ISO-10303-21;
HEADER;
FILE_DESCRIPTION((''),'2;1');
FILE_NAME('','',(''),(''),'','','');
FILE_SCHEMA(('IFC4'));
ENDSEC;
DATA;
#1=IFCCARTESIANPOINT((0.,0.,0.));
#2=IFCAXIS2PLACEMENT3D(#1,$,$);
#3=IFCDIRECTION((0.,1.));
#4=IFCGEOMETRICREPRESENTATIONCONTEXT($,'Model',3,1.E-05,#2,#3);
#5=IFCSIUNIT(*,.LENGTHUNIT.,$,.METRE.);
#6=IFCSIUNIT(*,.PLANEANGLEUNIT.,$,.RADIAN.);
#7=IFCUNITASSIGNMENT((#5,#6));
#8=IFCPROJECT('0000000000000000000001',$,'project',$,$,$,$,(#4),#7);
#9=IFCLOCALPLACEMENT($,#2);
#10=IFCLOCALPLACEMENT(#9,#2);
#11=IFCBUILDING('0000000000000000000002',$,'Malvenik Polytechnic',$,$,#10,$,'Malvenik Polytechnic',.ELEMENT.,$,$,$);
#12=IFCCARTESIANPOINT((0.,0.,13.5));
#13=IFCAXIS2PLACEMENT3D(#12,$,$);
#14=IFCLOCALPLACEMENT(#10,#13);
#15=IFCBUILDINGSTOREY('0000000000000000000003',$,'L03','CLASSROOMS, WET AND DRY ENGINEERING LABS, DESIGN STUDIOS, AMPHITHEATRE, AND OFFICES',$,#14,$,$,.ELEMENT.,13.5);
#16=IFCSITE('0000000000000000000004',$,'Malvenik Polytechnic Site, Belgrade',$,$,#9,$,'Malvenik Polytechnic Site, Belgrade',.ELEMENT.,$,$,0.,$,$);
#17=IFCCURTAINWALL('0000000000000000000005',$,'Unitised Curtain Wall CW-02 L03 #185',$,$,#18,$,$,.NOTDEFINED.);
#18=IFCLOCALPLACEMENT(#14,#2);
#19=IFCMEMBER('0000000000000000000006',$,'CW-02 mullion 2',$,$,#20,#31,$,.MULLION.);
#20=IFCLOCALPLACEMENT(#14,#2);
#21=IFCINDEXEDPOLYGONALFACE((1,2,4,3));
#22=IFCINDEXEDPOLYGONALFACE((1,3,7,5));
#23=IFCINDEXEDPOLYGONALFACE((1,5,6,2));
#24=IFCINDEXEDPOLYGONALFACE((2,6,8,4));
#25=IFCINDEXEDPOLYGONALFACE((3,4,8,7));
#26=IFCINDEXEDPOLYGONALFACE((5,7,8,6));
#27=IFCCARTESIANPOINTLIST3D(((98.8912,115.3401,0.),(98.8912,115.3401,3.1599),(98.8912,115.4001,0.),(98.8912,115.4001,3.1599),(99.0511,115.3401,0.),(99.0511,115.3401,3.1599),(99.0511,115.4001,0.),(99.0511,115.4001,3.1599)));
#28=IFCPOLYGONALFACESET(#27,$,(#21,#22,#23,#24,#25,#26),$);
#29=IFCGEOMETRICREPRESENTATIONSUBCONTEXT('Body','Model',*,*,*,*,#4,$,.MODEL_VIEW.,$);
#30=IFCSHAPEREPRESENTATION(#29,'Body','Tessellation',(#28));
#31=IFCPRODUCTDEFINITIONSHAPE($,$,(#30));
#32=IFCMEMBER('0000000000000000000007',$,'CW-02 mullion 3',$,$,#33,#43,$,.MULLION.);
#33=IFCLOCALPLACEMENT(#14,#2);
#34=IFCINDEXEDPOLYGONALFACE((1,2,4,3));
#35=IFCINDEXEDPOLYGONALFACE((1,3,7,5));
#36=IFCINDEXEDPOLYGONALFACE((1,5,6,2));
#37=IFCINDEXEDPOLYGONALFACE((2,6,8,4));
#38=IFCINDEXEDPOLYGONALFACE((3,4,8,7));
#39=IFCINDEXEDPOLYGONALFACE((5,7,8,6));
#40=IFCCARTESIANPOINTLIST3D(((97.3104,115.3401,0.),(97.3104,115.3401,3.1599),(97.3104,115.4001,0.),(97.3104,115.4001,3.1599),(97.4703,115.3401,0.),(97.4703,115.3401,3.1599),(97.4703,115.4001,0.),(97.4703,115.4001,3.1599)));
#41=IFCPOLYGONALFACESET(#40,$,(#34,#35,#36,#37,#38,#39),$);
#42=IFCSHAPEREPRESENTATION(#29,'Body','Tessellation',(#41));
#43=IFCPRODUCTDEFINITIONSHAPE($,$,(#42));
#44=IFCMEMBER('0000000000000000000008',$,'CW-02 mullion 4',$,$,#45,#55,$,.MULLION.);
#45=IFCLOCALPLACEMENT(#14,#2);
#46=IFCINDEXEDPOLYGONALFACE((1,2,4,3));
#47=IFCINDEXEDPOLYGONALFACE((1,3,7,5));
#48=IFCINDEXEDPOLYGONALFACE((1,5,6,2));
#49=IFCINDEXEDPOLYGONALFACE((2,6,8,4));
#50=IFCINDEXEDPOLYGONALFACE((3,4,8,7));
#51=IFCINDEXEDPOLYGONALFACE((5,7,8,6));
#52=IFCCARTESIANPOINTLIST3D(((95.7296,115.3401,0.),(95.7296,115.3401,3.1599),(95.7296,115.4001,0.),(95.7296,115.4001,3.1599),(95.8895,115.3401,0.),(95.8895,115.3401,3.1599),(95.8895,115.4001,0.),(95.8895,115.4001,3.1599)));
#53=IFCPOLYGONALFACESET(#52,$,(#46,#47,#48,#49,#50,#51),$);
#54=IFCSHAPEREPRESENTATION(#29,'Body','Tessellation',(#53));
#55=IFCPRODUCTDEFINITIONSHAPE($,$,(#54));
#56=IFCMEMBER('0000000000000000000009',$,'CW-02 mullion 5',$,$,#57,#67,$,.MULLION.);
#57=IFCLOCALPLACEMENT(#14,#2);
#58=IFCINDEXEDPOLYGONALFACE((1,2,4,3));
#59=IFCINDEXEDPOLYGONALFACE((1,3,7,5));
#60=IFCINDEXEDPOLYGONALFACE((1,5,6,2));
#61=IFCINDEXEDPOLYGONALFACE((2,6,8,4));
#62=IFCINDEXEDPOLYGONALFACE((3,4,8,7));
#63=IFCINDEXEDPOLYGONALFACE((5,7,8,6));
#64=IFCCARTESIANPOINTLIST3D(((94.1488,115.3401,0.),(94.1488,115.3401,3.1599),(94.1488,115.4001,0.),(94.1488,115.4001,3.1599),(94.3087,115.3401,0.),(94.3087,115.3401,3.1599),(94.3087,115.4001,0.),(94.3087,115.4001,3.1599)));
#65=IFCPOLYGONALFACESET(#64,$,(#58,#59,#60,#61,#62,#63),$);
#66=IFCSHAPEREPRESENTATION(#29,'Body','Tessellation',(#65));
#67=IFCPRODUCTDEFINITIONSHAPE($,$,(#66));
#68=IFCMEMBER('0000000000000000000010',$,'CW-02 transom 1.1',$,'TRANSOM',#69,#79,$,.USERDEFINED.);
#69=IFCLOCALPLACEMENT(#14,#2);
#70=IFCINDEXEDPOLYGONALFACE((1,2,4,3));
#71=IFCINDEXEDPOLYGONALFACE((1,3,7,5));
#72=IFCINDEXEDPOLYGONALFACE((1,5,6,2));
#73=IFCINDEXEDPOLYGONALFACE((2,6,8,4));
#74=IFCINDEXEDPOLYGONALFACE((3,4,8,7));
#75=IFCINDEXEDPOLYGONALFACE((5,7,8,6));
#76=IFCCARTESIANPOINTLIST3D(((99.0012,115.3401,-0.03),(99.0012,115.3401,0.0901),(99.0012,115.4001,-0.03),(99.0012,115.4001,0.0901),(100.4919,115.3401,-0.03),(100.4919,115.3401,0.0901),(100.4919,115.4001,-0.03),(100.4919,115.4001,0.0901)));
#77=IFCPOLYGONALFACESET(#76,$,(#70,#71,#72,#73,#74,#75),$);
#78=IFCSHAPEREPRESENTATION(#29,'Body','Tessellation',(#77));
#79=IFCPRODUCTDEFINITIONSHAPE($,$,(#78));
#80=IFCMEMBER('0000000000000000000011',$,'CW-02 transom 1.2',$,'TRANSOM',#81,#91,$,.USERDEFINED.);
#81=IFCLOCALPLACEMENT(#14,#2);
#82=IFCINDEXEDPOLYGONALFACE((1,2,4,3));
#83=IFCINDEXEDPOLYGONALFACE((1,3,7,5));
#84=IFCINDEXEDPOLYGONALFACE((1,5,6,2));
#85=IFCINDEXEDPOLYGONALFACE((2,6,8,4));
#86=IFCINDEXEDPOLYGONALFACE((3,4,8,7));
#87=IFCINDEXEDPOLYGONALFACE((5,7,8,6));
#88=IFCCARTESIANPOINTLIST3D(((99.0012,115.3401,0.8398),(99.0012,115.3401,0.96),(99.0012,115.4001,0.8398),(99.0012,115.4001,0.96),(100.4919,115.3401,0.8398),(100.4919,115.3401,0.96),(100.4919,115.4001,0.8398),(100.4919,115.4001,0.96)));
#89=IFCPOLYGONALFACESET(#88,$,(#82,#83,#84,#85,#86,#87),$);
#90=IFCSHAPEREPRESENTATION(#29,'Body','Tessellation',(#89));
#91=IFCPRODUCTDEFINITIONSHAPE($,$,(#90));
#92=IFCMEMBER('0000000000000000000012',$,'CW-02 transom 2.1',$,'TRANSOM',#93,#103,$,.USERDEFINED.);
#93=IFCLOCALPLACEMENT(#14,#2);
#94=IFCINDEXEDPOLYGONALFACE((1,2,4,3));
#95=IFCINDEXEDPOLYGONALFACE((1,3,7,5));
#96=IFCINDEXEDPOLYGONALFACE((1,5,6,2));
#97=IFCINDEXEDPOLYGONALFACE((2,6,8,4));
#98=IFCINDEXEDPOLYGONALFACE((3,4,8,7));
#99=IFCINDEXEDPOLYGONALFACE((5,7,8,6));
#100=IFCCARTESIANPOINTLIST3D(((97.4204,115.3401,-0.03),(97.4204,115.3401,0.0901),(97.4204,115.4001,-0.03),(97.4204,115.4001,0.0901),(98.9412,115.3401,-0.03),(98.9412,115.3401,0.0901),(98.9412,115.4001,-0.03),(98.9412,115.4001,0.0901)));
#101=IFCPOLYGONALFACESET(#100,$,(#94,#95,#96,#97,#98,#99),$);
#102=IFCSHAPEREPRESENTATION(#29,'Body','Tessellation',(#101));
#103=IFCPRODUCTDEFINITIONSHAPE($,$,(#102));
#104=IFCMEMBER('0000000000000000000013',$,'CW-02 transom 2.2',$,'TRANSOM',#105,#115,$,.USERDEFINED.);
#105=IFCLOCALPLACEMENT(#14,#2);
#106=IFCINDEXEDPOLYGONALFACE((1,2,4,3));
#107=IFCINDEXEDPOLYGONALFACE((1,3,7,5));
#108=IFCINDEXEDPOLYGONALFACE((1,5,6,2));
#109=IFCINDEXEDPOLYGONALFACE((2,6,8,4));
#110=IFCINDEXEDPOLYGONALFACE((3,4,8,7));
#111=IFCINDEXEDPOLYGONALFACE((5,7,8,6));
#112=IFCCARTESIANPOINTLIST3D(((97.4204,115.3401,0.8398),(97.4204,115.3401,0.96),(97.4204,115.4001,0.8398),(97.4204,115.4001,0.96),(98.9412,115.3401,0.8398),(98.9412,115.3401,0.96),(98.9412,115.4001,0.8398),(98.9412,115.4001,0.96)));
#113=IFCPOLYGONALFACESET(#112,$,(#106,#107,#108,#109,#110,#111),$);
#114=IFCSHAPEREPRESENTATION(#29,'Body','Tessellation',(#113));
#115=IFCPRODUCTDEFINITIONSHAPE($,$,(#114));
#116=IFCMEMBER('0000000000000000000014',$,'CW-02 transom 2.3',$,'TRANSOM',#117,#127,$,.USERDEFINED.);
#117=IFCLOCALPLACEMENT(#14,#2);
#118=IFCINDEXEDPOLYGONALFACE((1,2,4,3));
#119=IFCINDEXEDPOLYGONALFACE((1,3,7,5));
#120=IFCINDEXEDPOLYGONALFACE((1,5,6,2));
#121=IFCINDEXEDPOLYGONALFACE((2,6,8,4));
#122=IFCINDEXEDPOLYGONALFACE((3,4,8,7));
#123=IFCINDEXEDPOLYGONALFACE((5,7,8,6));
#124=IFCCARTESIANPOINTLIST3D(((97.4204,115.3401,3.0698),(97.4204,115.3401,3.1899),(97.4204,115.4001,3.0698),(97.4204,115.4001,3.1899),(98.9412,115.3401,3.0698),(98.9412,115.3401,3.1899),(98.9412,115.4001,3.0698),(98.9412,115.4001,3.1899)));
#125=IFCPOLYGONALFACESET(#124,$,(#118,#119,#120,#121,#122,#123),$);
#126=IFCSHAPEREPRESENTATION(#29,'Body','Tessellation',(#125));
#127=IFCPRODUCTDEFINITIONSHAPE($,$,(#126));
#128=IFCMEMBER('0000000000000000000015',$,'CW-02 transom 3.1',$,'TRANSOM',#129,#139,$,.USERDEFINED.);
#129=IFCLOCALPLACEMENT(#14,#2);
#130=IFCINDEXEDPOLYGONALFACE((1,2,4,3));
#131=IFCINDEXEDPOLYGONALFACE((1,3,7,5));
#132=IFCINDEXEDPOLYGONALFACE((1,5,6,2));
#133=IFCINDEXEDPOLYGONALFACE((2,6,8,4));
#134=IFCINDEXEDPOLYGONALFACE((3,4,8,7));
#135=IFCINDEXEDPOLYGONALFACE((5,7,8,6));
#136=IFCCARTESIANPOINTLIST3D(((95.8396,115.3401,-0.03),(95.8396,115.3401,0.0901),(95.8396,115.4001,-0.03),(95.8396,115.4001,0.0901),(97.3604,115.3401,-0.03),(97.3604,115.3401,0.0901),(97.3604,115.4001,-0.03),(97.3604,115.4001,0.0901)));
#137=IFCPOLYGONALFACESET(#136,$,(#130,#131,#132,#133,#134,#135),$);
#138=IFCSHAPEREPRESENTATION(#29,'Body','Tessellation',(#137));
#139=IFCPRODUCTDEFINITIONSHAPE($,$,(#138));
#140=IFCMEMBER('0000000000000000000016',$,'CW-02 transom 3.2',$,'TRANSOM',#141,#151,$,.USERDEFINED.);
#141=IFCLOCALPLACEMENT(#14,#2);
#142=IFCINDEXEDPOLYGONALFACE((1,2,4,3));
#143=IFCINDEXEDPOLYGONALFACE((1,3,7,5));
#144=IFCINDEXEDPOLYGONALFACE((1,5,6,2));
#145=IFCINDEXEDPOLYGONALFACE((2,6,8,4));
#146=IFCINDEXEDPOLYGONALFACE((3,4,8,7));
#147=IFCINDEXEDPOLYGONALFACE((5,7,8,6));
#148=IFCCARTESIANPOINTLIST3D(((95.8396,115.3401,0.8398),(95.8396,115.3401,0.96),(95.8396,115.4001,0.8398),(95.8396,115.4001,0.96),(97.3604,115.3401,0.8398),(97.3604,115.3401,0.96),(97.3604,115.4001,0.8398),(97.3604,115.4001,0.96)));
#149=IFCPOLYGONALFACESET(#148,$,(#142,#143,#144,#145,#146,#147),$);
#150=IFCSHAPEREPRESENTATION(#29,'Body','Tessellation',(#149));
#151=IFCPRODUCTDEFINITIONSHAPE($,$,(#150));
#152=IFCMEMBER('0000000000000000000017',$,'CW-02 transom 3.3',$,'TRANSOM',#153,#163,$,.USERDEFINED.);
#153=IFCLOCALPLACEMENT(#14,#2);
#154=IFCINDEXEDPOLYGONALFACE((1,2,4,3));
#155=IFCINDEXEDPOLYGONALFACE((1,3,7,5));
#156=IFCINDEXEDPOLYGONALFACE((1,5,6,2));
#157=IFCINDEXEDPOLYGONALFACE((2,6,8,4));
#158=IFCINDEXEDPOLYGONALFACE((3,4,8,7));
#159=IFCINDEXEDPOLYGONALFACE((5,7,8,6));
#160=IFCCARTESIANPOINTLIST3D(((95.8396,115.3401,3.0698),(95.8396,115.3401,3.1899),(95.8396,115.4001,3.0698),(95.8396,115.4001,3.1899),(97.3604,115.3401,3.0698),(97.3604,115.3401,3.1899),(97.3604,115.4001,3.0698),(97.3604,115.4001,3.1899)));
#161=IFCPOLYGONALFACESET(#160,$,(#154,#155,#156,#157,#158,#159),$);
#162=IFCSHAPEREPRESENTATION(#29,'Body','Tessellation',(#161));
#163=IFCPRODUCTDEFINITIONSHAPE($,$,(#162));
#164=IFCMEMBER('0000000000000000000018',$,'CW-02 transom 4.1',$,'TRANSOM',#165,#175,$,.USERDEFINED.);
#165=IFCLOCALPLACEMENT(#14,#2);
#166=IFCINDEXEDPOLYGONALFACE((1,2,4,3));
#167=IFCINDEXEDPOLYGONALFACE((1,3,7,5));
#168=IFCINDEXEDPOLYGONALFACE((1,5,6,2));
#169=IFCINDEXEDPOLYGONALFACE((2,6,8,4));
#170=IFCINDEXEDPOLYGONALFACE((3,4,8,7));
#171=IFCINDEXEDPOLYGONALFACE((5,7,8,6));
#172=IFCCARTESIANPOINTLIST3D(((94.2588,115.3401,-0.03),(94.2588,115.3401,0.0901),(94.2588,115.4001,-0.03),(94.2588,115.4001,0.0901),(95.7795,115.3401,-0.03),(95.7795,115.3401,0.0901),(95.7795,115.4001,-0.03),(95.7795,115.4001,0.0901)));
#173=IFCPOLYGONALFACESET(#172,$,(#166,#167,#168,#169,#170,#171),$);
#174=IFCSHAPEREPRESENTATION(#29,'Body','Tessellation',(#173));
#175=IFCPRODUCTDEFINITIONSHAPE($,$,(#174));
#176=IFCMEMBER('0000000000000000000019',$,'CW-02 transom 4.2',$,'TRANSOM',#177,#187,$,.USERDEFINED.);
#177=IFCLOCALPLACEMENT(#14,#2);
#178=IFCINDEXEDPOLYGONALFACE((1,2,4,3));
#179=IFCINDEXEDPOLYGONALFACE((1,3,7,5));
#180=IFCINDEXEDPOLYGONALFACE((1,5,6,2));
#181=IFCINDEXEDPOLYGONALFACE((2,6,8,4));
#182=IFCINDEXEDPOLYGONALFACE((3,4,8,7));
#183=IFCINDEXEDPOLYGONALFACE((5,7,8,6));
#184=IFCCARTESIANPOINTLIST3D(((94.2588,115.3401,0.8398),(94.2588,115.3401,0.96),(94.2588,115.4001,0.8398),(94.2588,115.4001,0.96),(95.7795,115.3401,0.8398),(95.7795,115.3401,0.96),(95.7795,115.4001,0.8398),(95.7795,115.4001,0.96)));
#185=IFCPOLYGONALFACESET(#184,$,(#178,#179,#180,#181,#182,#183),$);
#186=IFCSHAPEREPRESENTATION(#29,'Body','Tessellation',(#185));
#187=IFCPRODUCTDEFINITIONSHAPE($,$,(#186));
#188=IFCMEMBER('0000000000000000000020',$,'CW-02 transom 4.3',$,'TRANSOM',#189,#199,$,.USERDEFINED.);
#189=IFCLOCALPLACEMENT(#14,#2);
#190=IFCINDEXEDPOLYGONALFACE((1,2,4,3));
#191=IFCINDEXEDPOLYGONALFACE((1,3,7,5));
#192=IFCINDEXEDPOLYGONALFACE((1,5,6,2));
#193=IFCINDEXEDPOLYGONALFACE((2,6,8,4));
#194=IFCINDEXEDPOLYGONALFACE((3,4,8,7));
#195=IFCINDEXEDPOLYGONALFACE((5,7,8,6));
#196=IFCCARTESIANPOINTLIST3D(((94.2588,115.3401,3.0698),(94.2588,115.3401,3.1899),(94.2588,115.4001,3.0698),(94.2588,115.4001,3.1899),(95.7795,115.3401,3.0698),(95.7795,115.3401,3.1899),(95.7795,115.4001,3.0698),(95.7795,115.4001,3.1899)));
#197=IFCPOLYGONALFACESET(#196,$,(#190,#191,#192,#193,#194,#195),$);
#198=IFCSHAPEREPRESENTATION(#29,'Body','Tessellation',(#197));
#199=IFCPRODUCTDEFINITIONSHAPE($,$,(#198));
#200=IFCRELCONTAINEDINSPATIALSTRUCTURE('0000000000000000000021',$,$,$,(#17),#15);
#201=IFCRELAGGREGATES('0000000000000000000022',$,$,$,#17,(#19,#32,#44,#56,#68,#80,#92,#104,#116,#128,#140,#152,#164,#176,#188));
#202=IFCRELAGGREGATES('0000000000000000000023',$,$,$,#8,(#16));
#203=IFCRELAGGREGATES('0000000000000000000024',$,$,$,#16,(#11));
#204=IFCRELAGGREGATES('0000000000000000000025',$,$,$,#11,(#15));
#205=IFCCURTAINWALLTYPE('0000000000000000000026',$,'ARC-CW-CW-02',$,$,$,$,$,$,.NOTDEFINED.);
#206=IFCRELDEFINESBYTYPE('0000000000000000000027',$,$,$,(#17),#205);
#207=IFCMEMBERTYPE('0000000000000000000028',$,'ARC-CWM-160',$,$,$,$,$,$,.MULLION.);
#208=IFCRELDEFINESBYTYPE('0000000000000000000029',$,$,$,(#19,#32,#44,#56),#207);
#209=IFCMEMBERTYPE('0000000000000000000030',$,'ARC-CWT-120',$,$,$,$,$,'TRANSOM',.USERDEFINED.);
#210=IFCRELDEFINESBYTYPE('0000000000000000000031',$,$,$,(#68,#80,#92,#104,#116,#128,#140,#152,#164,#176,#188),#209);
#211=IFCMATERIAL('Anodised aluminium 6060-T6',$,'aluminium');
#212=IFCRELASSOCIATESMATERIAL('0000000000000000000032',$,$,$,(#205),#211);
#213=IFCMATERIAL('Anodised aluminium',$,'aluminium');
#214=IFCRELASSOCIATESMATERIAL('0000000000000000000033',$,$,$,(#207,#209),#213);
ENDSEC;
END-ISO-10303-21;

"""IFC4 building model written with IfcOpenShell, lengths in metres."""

from ifc_helpers import new_model, si_unit, direction, frame, origin, origin_2d, place, context, subcontext, project, spatial, rectangle, extrude, material, material_profile, profile_set, type_object, element, aggregate, save


model = new_model("IFC4")

# Units and contexts
model_context = context("Model", 3, precision=1e-05, world=origin(), true_north=direction((0.0, 1.0)))
body_context = subcontext(model_context, "Body", "Model", "MODEL_VIEW")
ifc_project = project(units=[si_unit("LENGTHUNIT", "METRE"), si_unit("PLANEANGLEUNIT", "RADIAN")], contexts=[model_context])

# Site, building, storey
site_placement = place(None, origin())
site = spatial("IfcSite", under=ifc_project, at=site_placement, Name="Malvenik Polytechnic Site, Belgrade", LongName="Malvenik Polytechnic Site, Belgrade", CompositionType="ELEMENT", RefElevation=0.0)
building_placement = place(site_placement, origin())
building = spatial("IfcBuilding", under=site, at=building_placement, Name="Malvenik Polytechnic", LongName="Malvenik Polytechnic", CompositionType="ELEMENT")
storey_placement = place(building_placement, frame((0.0, 0.0, 13.5)))
storey = spatial("IfcBuildingStorey", under=building, at=storey_placement, Name="L03", Description="CLASSROOMS, WET AND DRY ENGINEERING LABS, DESIGN STUDIOS, AMPHITHEATRE, AND OFFICES", CompositionType="ELEMENT", Elevation=13.5)

# Curtain wall, members
ifc_material_1 = material(Name="Anodised aluminium 6060-T6", Category="aluminium")
curtain_wall_type = type_object("IfcCurtainWallType", Name="ARC-CW-CW-02", PredefinedType="NOTDEFINED", material=ifc_material_1)
curtain_wall_placement = place(storey_placement, origin())
curtain_wall = element("IfcCurtainWall", 1, at=curtain_wall_placement, inside=storey, type_object=curtain_wall_type, Name="Unitised Curtain Wall CW-02 L03 #185", PredefinedType="NOTDEFINED")
ifc_material_2 = material(Name="Anodised aluminium", Category="aluminium")
ifc_material_profile_1 = material_profile(ifc_material_2, rectangle(XDim=0.0601, YDim=0.1599, at=origin_2d()), Name="ALU MULLION 60x160")
ifc_profile_set_1 = profile_set([ifc_material_profile_1], Name="Anodised aluminium")
member_type_1 = type_object("IfcMemberType", Name="ARC-CWM-160", PredefinedType="MULLION", material=ifc_profile_set_1)
member_1_placement = place(storey_placement, frame((98.9712, 115.3701, 0.0), z_axis=(0.0, 0.0, 1.0), x_axis=(0.0, -1.0, 0.0)))
member_1 = element("IfcMember", 2, at=member_1_placement, type_object=member_type_1, Name="CW-02 mullion 2", PredefinedType="MULLION", context=body_context, shape_type="SweptSolid", body=[
    extrude(rectangle(XDim=0.0601, YDim=0.1599, at=origin_2d()), origin(), (0.0, 0.0, 1.0), 3.1599),
])
member_2_placement = place(storey_placement, frame((97.3904, 115.3701, 0.0), z_axis=(0.0, 0.0, 1.0), x_axis=(0.0, -1.0, 0.0)))
member_2 = element("IfcMember", 3, at=member_2_placement, type_object=member_type_1, Name="CW-02 mullion 3", PredefinedType="MULLION", context=body_context, shape_type="SweptSolid", body=[
    extrude(rectangle(XDim=0.0601, YDim=0.1599, at=origin_2d()), origin(), (0.0, 0.0, 1.0), 3.1599),
])
member_3_placement = place(storey_placement, frame((95.8096, 115.3701, 0.0), z_axis=(0.0, 0.0, 1.0), x_axis=(0.0, -1.0, 0.0)))
member_3 = element("IfcMember", 4, at=member_3_placement, type_object=member_type_1, Name="CW-02 mullion 4", PredefinedType="MULLION", context=body_context, shape_type="SweptSolid", body=[
    extrude(rectangle(XDim=0.0601, YDim=0.1599, at=origin_2d()), origin(), (0.0, 0.0, 1.0), 3.1599),
])
member_4_placement = place(storey_placement, frame((94.2288, 115.3701, 0.0), z_axis=(0.0, 0.0, 1.0), x_axis=(0.0, -1.0, 0.0)))
member_4 = element("IfcMember", 5, at=member_4_placement, type_object=member_type_1, Name="CW-02 mullion 5", PredefinedType="MULLION", context=body_context, shape_type="SweptSolid", body=[
    extrude(rectangle(XDim=0.0601, YDim=0.1599, at=origin_2d()), origin(), (0.0, 0.0, 1.0), 3.1599),
])
ifc_material_profile_2 = material_profile(ifc_material_2, rectangle(XDim=0.0601, YDim=0.1201, at=origin_2d()), Name="ALU TRANSOM 60x120")
ifc_profile_set_2 = profile_set([ifc_material_profile_2], Name="Anodised aluminium")
member_type_2 = type_object("IfcMemberType", Name="ARC-CWT-120", ElementType="TRANSOM", PredefinedType="USERDEFINED", material=ifc_profile_set_2)
member_5_placement = place(storey_placement, frame((100.4919, 115.3701, 0.03), z_axis=(-1.0, 0.0, 0.0), x_axis=(0.0, -1.0, 0.0)))
member_5 = element("IfcMember", 6, at=member_5_placement, type_object=member_type_2, Name="CW-02 transom 1.1", ObjectType="TRANSOM", PredefinedType="USERDEFINED", context=body_context, shape_type="SweptSolid", body=[
    extrude(rectangle(XDim=0.0601, YDim=0.1201, at=origin_2d()), origin(), (0.0, 0.0, 1.0), 1.4907),
])
member_6_placement = place(storey_placement, frame((100.4919, 115.3701, 0.8999), z_axis=(-1.0, 0.0, 0.0), x_axis=(0.0, -1.0, 0.0)))
member_6 = element("IfcMember", 7, at=member_6_placement, type_object=member_type_2, Name="CW-02 transom 1.2", ObjectType="TRANSOM", PredefinedType="USERDEFINED", context=body_context, shape_type="SweptSolid", body=[
    extrude(rectangle(XDim=0.0601, YDim=0.1201, at=origin_2d()), origin(), (0.0, 0.0, 1.0), 1.4907),
])
member_7_placement = place(storey_placement, frame((98.9412, 115.3701, 0.03), z_axis=(-1.0, 0.0, 0.0), x_axis=(0.0, -1.0, 0.0)))
member_7 = element("IfcMember", 8, at=member_7_placement, type_object=member_type_2, Name="CW-02 transom 2.1", ObjectType="TRANSOM", PredefinedType="USERDEFINED", context=body_context, shape_type="SweptSolid", body=[
    extrude(rectangle(XDim=0.0601, YDim=0.1201, at=origin_2d()), origin(), (0.0, 0.0, 1.0), 1.5208),
])
member_8_placement = place(storey_placement, frame((98.9412, 115.3701, 0.8999), z_axis=(-1.0, 0.0, 0.0), x_axis=(0.0, -1.0, 0.0)))
member_8 = element("IfcMember", 9, at=member_8_placement, type_object=member_type_2, Name="CW-02 transom 2.2", ObjectType="TRANSOM", PredefinedType="USERDEFINED", context=body_context, shape_type="SweptSolid", body=[
    extrude(rectangle(XDim=0.0601, YDim=0.1201, at=origin_2d()), origin(), (0.0, 0.0, 1.0), 1.5208),
])
member_9_placement = place(storey_placement, frame((98.9412, 115.3701, 3.1299), z_axis=(-1.0, 0.0, 0.0), x_axis=(0.0, -1.0, 0.0)))
member_9 = element("IfcMember", 10, at=member_9_placement, type_object=member_type_2, Name="CW-02 transom 2.3", ObjectType="TRANSOM", PredefinedType="USERDEFINED", context=body_context, shape_type="SweptSolid", body=[
    extrude(rectangle(XDim=0.0601, YDim=0.1201, at=origin_2d()), origin(), (0.0, 0.0, 1.0), 1.5208),
])
member_10_placement = place(storey_placement, frame((97.3604, 115.3701, 0.03), z_axis=(-1.0, 0.0, 0.0), x_axis=(0.0, -1.0, 0.0)))
member_10 = element("IfcMember", 11, at=member_10_placement, type_object=member_type_2, Name="CW-02 transom 3.1", ObjectType="TRANSOM", PredefinedType="USERDEFINED", context=body_context, shape_type="SweptSolid", body=[
    extrude(rectangle(XDim=0.0601, YDim=0.1201, at=origin_2d()), origin(), (0.0, 0.0, 1.0), 1.5208),
])
member_11_placement = place(storey_placement, frame((97.3604, 115.3701, 0.8999), z_axis=(-1.0, 0.0, 0.0), x_axis=(0.0, -1.0, 0.0)))
member_11 = element("IfcMember", 12, at=member_11_placement, type_object=member_type_2, Name="CW-02 transom 3.2", ObjectType="TRANSOM", PredefinedType="USERDEFINED", context=body_context, shape_type="SweptSolid", body=[
    extrude(rectangle(XDim=0.0601, YDim=0.1201, at=origin_2d()), origin(), (0.0, 0.0, 1.0), 1.5208),
])
member_12_placement = place(storey_placement, frame((97.3604, 115.3701, 3.1299), z_axis=(-1.0, 0.0, 0.0), x_axis=(0.0, -1.0, 0.0)))
member_12 = element("IfcMember", 13, at=member_12_placement, type_object=member_type_2, Name="CW-02 transom 3.3", ObjectType="TRANSOM", PredefinedType="USERDEFINED", context=body_context, shape_type="SweptSolid", body=[
    extrude(rectangle(XDim=0.0601, YDim=0.1201, at=origin_2d()), origin(), (0.0, 0.0, 1.0), 1.5208),
])
member_13_placement = place(storey_placement, frame((95.7795, 115.3701, 0.03), z_axis=(-1.0, 0.0, 0.0), x_axis=(0.0, -1.0, 0.0)))
member_13 = element("IfcMember", 14, at=member_13_placement, type_object=member_type_2, Name="CW-02 transom 4.1", ObjectType="TRANSOM", PredefinedType="USERDEFINED", context=body_context, shape_type="SweptSolid", body=[
    extrude(rectangle(XDim=0.0601, YDim=0.1201, at=origin_2d()), origin(), (0.0, 0.0, 1.0), 1.5208),
])
member_14_placement = place(storey_placement, frame((95.7795, 115.3701, 0.8999), z_axis=(-1.0, 0.0, 0.0), x_axis=(0.0, -1.0, 0.0)))
member_14 = element("IfcMember", 15, at=member_14_placement, type_object=member_type_2, Name="CW-02 transom 4.2", ObjectType="TRANSOM", PredefinedType="USERDEFINED", context=body_context, shape_type="SweptSolid", body=[
    extrude(rectangle(XDim=0.0601, YDim=0.1201, at=origin_2d()), origin(), (0.0, 0.0, 1.0), 1.5208),
])
member_15_placement = place(storey_placement, frame((95.7795, 115.3701, 3.1299), z_axis=(-1.0, 0.0, 0.0), x_axis=(0.0, -1.0, 0.0)))
member_15 = element("IfcMember", 16, at=member_15_placement, type_object=member_type_2, Name="CW-02 transom 4.3", ObjectType="TRANSOM", PredefinedType="USERDEFINED", context=body_context, shape_type="SweptSolid", body=[
    extrude(rectangle(XDim=0.0601, YDim=0.1201, at=origin_2d()), origin(), (0.0, 0.0, 1.0), 1.5208),
])
aggregate(curtain_wall, [member_1, member_2, member_3, member_4, member_5, member_6, member_7, member_8, member_9, member_10, member_11, member_12, member_13, member_14, member_15])

save(model, "model.ifc")
